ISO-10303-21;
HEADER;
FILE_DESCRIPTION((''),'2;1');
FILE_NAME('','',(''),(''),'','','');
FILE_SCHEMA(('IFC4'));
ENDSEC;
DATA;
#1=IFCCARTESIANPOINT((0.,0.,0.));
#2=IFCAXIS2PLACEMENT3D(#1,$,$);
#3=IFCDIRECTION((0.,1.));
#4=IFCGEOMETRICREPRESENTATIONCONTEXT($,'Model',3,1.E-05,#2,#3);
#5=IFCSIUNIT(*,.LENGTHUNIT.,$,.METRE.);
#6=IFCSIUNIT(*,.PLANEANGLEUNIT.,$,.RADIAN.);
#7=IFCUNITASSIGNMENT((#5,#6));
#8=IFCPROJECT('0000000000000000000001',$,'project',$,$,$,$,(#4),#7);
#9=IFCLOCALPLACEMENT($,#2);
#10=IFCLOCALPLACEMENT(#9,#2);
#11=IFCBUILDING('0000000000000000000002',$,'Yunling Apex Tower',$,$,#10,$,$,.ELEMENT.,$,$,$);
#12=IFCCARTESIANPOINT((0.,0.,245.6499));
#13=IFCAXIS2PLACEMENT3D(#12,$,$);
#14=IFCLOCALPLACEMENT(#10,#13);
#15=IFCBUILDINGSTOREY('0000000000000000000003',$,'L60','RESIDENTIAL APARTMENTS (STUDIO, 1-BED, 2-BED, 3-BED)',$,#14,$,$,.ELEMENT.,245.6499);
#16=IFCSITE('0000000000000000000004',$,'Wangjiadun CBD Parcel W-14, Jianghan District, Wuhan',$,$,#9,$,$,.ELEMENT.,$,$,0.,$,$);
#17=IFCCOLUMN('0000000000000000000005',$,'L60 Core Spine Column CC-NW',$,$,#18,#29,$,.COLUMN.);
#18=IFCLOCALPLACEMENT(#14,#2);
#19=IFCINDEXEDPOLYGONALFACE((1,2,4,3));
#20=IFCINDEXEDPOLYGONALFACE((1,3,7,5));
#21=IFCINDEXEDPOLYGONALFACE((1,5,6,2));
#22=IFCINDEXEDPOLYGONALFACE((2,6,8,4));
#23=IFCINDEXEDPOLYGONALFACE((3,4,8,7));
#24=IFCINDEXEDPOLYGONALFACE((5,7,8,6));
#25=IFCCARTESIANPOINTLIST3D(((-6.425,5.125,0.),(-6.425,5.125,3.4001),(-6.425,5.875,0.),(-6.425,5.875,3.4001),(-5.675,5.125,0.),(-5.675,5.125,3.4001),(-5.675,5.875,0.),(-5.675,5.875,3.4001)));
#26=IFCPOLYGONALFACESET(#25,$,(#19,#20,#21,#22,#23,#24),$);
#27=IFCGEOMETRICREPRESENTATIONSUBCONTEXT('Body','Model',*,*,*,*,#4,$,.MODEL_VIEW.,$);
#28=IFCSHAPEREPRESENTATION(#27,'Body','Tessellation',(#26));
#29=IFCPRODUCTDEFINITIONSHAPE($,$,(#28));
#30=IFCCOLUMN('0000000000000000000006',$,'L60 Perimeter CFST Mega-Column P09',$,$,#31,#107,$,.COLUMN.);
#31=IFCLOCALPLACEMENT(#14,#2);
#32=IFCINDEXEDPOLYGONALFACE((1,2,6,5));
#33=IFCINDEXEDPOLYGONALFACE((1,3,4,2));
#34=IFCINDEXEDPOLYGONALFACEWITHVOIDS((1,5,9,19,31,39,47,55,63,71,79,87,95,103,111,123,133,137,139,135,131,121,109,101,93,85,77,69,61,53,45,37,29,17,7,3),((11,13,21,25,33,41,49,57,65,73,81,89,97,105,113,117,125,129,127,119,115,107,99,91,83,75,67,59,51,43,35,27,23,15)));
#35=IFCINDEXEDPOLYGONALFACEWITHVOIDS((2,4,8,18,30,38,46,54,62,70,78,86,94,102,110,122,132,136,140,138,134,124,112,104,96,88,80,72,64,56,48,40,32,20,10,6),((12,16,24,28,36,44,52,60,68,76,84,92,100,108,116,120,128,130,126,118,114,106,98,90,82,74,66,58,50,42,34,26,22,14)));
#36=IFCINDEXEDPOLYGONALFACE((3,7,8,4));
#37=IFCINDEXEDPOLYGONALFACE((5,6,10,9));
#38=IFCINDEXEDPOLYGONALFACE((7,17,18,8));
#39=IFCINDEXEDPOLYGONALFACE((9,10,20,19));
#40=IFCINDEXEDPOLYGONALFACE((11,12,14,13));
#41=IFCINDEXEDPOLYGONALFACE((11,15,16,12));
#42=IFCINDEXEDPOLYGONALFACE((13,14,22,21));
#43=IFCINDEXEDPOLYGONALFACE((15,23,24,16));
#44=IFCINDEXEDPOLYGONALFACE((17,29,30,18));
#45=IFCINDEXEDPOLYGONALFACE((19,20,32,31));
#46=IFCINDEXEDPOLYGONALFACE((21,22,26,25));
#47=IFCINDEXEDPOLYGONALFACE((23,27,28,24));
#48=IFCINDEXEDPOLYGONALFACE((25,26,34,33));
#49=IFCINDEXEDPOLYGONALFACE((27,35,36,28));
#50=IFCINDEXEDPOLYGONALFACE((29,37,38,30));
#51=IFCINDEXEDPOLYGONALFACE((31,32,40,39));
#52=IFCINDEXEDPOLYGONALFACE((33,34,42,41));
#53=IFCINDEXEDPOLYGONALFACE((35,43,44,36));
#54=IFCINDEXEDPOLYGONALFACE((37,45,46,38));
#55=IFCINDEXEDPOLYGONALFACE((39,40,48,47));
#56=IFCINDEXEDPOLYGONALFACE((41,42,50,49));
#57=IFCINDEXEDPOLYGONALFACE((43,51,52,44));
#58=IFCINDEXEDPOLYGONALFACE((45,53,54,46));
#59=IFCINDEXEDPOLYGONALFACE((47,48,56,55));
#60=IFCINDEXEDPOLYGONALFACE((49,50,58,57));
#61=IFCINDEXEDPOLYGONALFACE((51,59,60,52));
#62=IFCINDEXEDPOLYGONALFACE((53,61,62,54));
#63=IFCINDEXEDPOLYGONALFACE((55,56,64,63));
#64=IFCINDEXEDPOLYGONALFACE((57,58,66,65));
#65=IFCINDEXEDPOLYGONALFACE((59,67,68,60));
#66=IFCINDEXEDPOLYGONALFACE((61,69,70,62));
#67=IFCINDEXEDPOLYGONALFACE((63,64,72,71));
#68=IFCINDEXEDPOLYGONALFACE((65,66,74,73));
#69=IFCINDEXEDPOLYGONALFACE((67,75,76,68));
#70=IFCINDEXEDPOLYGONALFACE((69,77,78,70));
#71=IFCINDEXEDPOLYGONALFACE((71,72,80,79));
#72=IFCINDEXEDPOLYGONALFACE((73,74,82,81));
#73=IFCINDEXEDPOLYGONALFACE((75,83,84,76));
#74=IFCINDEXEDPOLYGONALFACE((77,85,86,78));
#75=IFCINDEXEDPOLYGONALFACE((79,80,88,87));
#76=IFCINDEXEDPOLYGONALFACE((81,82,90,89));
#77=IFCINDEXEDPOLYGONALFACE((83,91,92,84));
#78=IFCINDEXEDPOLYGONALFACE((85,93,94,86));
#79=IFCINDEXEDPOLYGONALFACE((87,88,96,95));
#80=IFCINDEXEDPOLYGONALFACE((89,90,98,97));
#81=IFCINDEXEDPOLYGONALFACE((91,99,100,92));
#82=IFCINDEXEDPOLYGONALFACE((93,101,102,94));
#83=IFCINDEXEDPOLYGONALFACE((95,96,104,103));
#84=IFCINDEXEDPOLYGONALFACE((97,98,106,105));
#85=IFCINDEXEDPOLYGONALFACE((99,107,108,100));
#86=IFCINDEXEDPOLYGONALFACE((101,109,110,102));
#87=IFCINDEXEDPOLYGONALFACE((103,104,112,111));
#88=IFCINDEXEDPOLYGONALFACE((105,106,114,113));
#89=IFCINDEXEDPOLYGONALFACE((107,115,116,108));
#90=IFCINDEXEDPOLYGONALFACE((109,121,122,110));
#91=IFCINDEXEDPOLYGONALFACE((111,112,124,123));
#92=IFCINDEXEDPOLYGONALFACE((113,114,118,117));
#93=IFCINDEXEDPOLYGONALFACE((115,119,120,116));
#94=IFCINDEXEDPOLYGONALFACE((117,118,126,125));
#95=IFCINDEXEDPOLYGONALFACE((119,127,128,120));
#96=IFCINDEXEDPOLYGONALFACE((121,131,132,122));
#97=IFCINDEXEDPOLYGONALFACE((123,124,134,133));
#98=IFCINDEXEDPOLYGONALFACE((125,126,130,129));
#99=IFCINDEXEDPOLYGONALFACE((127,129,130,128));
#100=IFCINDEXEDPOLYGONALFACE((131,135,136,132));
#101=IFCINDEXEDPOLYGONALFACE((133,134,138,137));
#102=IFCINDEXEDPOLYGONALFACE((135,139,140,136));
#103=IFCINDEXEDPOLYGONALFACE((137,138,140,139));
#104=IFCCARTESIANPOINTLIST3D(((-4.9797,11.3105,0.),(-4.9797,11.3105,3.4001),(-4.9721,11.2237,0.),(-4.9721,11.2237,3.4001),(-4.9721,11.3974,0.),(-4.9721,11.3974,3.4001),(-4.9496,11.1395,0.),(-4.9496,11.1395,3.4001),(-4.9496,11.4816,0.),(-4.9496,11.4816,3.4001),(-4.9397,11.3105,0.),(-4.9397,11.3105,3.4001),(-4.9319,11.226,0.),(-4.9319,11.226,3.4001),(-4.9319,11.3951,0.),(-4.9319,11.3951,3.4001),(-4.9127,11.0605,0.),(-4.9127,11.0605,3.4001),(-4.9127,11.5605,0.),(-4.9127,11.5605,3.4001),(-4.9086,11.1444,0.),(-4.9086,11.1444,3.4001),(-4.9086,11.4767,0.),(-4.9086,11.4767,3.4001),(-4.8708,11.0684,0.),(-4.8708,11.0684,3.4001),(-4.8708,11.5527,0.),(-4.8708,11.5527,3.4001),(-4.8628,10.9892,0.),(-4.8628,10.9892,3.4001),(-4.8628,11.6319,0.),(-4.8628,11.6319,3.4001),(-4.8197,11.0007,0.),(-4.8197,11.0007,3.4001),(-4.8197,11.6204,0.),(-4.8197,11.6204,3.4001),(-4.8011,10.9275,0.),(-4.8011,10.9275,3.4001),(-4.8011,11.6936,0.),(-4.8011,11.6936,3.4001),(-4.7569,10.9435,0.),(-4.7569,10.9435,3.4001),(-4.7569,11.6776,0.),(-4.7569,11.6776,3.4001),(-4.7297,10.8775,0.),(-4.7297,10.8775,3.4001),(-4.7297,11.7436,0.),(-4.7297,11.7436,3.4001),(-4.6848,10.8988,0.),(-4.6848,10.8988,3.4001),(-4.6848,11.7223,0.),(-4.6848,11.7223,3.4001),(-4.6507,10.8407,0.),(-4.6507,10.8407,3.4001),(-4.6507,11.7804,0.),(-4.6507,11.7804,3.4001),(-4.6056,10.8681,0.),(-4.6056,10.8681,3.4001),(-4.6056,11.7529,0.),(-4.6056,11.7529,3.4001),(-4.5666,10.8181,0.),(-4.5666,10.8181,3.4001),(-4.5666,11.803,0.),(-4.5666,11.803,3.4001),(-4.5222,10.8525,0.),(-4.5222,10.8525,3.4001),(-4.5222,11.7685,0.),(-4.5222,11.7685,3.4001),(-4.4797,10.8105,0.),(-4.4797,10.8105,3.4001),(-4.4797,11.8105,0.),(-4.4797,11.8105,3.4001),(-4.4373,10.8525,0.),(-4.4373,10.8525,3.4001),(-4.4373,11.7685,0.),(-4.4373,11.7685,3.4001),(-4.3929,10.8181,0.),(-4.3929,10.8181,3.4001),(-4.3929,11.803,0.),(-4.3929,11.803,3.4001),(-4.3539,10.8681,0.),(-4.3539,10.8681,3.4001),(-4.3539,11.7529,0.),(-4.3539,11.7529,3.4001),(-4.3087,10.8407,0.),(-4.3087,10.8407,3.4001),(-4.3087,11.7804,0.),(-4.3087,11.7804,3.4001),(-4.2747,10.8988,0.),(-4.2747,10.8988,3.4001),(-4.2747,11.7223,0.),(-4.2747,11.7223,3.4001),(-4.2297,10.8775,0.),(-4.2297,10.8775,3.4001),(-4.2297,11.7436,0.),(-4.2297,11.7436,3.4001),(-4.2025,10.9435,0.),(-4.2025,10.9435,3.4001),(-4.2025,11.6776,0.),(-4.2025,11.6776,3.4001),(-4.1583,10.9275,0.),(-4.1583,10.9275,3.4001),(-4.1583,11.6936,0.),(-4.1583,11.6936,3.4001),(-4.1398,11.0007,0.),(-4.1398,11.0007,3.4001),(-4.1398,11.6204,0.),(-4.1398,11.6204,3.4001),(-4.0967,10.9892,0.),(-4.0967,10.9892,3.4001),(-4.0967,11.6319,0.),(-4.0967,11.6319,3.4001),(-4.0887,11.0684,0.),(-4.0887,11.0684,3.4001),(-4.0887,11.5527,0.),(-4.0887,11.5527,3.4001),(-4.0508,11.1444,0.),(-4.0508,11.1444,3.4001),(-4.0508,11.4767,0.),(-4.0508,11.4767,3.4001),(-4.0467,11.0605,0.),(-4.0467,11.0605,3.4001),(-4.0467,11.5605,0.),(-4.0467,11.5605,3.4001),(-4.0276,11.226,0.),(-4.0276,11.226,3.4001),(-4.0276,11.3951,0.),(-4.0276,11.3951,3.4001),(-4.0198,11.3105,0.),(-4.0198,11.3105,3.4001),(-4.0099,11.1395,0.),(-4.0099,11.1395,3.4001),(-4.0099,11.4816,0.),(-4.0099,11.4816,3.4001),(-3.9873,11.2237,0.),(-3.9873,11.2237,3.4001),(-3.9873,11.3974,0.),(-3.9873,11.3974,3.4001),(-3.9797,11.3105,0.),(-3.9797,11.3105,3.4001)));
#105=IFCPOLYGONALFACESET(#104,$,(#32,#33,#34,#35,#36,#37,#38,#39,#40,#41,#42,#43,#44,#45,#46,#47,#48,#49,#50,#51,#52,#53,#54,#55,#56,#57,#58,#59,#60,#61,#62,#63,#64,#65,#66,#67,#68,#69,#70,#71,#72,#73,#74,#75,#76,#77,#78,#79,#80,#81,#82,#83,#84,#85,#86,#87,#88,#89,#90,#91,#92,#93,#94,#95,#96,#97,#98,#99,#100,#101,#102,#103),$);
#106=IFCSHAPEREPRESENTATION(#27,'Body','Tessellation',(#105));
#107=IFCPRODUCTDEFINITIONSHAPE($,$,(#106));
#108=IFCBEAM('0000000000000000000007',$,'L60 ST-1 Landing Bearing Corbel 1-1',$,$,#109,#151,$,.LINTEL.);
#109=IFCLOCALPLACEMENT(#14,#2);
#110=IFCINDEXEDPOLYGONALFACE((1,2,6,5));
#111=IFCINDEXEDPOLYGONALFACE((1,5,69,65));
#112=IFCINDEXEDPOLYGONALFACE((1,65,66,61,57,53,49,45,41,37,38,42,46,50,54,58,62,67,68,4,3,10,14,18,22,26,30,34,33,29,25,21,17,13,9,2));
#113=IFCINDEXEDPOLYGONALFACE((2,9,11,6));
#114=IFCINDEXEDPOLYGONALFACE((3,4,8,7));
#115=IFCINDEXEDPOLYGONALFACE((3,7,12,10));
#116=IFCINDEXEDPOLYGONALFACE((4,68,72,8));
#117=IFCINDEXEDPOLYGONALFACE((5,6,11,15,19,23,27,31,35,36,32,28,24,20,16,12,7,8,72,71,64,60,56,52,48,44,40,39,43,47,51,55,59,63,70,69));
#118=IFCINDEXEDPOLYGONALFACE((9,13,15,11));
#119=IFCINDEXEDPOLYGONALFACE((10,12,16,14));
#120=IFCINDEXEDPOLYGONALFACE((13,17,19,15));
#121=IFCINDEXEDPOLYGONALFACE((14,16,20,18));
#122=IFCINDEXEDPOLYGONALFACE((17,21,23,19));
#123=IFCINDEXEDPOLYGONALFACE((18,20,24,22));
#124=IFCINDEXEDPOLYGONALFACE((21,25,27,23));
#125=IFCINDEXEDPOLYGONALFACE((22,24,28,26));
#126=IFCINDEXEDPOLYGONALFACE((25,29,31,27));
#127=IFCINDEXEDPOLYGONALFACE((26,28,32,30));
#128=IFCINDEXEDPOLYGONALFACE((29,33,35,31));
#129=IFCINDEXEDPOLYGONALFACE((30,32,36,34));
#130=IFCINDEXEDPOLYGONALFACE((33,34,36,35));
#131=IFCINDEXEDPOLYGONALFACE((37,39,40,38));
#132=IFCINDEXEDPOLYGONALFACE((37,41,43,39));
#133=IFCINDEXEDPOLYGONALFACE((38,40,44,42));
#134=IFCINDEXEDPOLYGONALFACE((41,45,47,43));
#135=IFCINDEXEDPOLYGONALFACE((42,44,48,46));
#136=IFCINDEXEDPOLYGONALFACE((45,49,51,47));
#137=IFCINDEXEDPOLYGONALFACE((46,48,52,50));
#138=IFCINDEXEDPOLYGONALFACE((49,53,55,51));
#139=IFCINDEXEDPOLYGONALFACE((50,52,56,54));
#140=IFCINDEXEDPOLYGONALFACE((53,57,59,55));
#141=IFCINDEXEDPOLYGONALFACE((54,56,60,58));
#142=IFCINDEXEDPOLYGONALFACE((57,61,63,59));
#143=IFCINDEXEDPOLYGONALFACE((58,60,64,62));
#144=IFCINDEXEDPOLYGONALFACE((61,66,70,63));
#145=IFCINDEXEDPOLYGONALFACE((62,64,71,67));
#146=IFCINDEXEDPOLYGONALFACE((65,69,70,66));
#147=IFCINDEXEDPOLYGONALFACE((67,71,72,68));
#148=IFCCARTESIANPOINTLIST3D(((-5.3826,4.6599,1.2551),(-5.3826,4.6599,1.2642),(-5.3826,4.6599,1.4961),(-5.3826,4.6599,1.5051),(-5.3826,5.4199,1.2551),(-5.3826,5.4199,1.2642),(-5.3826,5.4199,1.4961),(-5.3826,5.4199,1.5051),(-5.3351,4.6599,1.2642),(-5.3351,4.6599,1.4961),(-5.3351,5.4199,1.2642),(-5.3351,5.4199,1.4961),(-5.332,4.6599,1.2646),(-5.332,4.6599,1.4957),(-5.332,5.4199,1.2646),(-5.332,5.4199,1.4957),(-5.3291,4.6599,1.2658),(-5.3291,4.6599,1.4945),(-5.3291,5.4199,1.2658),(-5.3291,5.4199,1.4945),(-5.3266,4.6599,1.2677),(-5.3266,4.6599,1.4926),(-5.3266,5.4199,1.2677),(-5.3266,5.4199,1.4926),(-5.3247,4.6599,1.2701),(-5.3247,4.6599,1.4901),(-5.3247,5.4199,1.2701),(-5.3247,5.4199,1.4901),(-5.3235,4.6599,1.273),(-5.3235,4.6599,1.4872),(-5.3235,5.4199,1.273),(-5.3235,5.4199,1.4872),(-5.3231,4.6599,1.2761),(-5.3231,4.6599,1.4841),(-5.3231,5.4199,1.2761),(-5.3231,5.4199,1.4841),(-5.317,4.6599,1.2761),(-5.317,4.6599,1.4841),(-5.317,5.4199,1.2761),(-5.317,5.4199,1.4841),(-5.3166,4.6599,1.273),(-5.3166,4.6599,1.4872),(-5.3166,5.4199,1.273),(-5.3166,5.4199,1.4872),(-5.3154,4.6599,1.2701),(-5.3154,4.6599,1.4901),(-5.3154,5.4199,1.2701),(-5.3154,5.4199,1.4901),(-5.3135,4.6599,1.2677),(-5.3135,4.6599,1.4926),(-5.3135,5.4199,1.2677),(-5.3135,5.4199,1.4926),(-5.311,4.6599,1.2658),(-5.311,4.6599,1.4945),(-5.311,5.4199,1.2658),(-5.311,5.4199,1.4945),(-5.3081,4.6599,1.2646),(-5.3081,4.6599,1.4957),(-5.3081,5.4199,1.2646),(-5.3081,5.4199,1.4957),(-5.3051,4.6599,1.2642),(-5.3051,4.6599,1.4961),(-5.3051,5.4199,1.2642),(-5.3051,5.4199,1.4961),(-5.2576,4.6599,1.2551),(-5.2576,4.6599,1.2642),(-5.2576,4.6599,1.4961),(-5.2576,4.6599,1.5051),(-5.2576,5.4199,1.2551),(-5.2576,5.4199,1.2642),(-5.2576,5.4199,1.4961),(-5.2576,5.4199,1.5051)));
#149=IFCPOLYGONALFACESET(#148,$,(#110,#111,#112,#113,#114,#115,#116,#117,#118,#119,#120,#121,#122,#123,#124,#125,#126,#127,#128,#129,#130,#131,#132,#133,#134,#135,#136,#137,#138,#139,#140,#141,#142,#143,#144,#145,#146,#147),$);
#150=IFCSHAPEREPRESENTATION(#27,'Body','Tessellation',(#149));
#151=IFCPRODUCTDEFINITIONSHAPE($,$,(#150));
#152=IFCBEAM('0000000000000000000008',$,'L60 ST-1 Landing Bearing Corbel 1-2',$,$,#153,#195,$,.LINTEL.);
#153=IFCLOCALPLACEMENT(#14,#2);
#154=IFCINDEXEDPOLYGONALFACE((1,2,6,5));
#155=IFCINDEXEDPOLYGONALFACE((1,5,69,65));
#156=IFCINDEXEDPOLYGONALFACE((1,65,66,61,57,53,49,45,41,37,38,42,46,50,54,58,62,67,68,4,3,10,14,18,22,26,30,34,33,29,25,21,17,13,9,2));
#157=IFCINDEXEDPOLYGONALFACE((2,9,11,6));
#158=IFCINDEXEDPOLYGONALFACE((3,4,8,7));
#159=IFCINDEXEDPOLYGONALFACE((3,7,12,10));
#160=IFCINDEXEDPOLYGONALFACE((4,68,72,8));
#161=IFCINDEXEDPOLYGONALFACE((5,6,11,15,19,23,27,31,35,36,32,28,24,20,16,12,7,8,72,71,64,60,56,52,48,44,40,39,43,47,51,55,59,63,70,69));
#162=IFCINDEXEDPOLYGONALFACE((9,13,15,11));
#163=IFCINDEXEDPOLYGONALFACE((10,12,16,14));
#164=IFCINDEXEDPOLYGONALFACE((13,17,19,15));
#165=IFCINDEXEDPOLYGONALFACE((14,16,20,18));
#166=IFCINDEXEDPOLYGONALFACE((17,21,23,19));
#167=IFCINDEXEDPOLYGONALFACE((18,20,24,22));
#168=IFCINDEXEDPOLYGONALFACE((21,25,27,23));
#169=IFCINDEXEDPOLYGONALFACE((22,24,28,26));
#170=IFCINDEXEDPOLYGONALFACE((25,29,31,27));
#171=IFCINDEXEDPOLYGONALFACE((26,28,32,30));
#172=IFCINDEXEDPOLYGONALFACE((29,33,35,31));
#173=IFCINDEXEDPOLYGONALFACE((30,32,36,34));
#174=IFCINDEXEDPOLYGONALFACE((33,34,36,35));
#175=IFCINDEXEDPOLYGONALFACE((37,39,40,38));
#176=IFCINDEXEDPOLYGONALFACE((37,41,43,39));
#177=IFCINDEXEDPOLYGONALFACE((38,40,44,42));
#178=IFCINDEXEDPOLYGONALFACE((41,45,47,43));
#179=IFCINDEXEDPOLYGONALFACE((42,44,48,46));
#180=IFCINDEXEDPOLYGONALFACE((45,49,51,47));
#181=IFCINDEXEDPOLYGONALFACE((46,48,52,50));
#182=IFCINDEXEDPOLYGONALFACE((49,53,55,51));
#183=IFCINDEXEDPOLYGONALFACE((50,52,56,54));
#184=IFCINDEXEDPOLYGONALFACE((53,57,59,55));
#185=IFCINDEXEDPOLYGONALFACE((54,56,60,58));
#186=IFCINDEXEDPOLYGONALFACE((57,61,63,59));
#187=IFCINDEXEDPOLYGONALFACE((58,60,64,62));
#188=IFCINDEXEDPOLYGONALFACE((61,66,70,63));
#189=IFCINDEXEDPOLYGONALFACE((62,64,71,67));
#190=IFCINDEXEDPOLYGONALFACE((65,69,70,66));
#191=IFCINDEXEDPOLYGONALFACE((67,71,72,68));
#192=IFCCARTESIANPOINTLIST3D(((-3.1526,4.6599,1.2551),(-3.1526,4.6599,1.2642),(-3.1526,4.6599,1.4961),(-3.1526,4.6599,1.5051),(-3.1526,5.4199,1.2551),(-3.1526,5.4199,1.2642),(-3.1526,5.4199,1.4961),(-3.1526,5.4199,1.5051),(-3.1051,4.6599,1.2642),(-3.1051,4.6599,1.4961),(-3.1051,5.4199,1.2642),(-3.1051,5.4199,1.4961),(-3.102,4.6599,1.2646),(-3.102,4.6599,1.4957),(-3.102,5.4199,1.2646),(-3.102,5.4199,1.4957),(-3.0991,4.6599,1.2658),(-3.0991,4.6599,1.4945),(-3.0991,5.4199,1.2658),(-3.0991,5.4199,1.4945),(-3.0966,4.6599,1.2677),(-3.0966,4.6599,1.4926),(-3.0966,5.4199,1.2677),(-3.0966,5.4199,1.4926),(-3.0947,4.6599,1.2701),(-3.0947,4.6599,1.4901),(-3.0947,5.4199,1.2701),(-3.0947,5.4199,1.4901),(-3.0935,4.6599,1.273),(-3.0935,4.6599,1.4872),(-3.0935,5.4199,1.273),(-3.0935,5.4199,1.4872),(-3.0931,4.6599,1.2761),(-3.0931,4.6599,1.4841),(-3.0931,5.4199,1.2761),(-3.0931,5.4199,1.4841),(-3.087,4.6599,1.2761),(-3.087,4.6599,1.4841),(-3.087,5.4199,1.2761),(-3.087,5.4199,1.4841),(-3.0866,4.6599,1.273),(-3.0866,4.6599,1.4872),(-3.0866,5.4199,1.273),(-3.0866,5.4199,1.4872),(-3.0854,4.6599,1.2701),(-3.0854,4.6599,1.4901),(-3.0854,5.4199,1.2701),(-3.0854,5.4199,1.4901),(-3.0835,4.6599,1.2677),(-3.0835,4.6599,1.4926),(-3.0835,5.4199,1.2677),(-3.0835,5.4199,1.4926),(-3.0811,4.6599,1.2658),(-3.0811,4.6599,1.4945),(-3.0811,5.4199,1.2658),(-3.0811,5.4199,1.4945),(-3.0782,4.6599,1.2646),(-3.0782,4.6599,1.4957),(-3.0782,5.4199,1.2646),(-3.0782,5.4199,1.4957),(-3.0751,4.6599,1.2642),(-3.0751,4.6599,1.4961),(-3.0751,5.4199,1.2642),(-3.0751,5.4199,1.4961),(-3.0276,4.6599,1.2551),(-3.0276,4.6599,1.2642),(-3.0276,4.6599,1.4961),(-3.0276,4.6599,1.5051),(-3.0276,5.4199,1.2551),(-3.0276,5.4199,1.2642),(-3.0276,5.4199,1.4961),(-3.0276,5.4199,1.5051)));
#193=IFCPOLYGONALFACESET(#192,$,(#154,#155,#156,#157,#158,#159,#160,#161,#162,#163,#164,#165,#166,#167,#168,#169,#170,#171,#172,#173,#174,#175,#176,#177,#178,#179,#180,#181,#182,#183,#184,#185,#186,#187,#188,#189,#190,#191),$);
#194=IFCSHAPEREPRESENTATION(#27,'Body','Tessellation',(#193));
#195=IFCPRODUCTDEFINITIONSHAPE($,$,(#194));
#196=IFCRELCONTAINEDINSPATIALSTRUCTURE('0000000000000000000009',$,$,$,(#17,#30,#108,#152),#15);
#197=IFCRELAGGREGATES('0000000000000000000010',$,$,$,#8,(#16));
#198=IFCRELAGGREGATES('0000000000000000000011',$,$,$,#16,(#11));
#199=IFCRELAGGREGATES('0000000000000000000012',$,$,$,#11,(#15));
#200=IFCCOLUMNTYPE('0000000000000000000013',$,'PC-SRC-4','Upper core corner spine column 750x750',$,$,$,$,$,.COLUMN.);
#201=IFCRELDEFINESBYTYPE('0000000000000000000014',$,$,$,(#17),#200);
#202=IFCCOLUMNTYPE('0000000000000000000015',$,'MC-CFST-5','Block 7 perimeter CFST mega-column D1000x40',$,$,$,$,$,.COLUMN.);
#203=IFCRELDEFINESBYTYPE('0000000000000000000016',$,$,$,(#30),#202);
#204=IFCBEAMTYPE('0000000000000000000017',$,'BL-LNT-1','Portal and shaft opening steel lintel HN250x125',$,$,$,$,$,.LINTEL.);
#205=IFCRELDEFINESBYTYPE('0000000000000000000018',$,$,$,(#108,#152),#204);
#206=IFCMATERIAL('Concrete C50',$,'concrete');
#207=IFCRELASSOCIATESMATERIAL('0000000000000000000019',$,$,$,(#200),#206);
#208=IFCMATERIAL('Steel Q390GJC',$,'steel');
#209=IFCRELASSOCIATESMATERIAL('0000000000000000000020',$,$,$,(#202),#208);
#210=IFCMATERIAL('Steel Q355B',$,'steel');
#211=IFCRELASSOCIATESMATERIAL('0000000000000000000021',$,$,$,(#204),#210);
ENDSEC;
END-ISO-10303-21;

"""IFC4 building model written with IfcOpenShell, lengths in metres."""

from ifc_helpers import new_model, si_unit, direction, frame, origin, origin_2d, place, context, subcontext, project, spatial, rectangle, hollow_circle, i_section, extrude, source, transform, mapped, material, material_profile, profile_set, type_object, element, save


model = new_model("IFC4")

# Units and contexts
model_context = context("Model", 3, precision=1e-05, world=origin(), true_north=direction((0.0, 1.0)))
body_context = subcontext(model_context, "Body", "Model", "MODEL_VIEW")
ifc_project = project(units=[si_unit("LENGTHUNIT", "METRE"), si_unit("PLANEANGLEUNIT", "RADIAN")], contexts=[model_context])

# Site, building, storey
site_placement = place(None, origin())
site = spatial("IfcSite", under=ifc_project, at=site_placement, Name="Wangjiadun CBD Parcel W-14, Jianghan District, Wuhan", CompositionType="ELEMENT", RefElevation=0.0)
building_placement = place(site_placement, origin())
building = spatial("IfcBuilding", under=site, at=building_placement, Name="Yunling Apex Tower", CompositionType="ELEMENT")
storey_placement = place(building_placement, frame((0.0, 0.0, 245.6499)))
storey = spatial("IfcBuildingStorey", under=building, at=storey_placement, Name="L60", Description="RESIDENTIAL APARTMENTS (STUDIO, 1-BED, 2-BED, 3-BED)", CompositionType="ELEMENT", Elevation=245.6499)

# Columns
ifc_material_1 = material(Name="Concrete C50", Category="concrete")
ifc_material_profile_1 = material_profile(ifc_material_1, rectangle(XDim=0.75, YDim=0.75, at=origin_2d()))
ifc_profile_set_1 = profile_set([ifc_material_profile_1], Name="Concrete C50")
column_type_1 = type_object("IfcColumnType", Name="PC-SRC-4", Description="Upper core corner spine column 750x750", PredefinedType="COLUMN", material=ifc_profile_set_1)
shared_shape_1 = source(origin(), body_context, "Body", "SweptSolid", [
    extrude(rectangle(XDim=0.75, YDim=0.75, at=origin_2d()), origin(), (0.0, 0.0, 1.0), 3.4001),
])
column_1_placement = place(storey_placement, frame((-6.05, 5.5, 0.0), z_axis=(0.0, 0.0, 1.0), x_axis=(1.0, 0.0, 0.0)))
element("IfcColumn", 1, at=column_1_placement, inside=storey, type_object=column_type_1, Name="L60 Core Spine Column CC-NW", PredefinedType="COLUMN", context=body_context, shape_type="MappedRepresentation", body=[
    mapped(shared_shape_1, transform((0.0, 0.0, 0.0), scale=1.0)),
])
ifc_material_2 = material(Name="Steel Q390GJC", Category="steel")
ifc_material_profile_2 = material_profile(ifc_material_2, hollow_circle(Radius=0.5, WallThickness=0.04, at=origin_2d()))
ifc_profile_set_2 = profile_set([ifc_material_profile_2], Name="Steel Q390GJC")
column_type_2 = type_object("IfcColumnType", Name="MC-CFST-5", Description="Block 7 perimeter CFST mega-column D1000x40", PredefinedType="COLUMN", material=ifc_profile_set_2)
shared_shape_2 = source(origin(), body_context, "Body", "SweptSolid", [
    extrude(hollow_circle(Radius=0.5, WallThickness=0.04, at=origin_2d()), origin(), (0.0, 0.0, 1.0), 3.4001),
])
column_2_placement = place(storey_placement, frame((-4.4797, 11.3105, 0.0), z_axis=(0.0, 0.0, 1.0), x_axis=(1.0, 0.0, 0.0)))
element("IfcColumn", 2, at=column_2_placement, inside=storey, type_object=column_type_2, Name="L60 Perimeter CFST Mega-Column P09", PredefinedType="COLUMN", context=body_context, shape_type="MappedRepresentation", body=[
    mapped(shared_shape_2, transform((0.0, 0.0, 0.0), scale=1.0)),
])

# Beams
ifc_material_3 = material(Name="Steel Q355B", Category="steel")
ifc_material_profile_3 = material_profile(ifc_material_3, i_section(OverallWidth=0.125, OverallDepth=0.25, WebThickness=0.0061, FlangeThickness=0.009, FilletRadius=0.012, at=origin_2d()))
ifc_profile_set_3 = profile_set([ifc_material_profile_3], Name="Steel Q355B")
beam_type_1 = type_object("IfcBeamType", Name="BL-LNT-1", Description="Portal and shaft opening steel lintel HN250x125", PredefinedType="LINTEL", material=ifc_profile_set_3)
shared_shape_3 = source(origin(), body_context, "Body", "SweptSolid", [
    extrude(i_section(OverallWidth=0.125, OverallDepth=0.25, WebThickness=0.0061, FlangeThickness=0.009, FilletRadius=0.012, at=origin_2d()), origin(), (0.0, 0.0, 1.0), 0.76),
])
for number, where, z_axis, x_axis, name in (
    (3, (-5.3201, 5.4199, 1.3801), (0.0, -1.0, 0.0), (1.0, 0.0, 0.0), "L60 ST-1 Landing Bearing Corbel 1-1"),
    (4, (-3.0901, 5.4199, 1.3801), (0.0, -1.0, 0.0), (1.0, 0.0, 0.0), "L60 ST-1 Landing Bearing Corbel 1-2"),
):
    element("IfcBeam", number, at=place(storey_placement, frame(where, z_axis=z_axis, x_axis=x_axis)), inside=storey, type_object=beam_type_1, Name=name, PredefinedType="LINTEL", context=body_context, shape_type="MappedRepresentation", body=[
        mapped(shared_shape_3, transform((0.0, 0.0, 0.0), scale=1.0)),
    ])

save(model, "model.ifc")
